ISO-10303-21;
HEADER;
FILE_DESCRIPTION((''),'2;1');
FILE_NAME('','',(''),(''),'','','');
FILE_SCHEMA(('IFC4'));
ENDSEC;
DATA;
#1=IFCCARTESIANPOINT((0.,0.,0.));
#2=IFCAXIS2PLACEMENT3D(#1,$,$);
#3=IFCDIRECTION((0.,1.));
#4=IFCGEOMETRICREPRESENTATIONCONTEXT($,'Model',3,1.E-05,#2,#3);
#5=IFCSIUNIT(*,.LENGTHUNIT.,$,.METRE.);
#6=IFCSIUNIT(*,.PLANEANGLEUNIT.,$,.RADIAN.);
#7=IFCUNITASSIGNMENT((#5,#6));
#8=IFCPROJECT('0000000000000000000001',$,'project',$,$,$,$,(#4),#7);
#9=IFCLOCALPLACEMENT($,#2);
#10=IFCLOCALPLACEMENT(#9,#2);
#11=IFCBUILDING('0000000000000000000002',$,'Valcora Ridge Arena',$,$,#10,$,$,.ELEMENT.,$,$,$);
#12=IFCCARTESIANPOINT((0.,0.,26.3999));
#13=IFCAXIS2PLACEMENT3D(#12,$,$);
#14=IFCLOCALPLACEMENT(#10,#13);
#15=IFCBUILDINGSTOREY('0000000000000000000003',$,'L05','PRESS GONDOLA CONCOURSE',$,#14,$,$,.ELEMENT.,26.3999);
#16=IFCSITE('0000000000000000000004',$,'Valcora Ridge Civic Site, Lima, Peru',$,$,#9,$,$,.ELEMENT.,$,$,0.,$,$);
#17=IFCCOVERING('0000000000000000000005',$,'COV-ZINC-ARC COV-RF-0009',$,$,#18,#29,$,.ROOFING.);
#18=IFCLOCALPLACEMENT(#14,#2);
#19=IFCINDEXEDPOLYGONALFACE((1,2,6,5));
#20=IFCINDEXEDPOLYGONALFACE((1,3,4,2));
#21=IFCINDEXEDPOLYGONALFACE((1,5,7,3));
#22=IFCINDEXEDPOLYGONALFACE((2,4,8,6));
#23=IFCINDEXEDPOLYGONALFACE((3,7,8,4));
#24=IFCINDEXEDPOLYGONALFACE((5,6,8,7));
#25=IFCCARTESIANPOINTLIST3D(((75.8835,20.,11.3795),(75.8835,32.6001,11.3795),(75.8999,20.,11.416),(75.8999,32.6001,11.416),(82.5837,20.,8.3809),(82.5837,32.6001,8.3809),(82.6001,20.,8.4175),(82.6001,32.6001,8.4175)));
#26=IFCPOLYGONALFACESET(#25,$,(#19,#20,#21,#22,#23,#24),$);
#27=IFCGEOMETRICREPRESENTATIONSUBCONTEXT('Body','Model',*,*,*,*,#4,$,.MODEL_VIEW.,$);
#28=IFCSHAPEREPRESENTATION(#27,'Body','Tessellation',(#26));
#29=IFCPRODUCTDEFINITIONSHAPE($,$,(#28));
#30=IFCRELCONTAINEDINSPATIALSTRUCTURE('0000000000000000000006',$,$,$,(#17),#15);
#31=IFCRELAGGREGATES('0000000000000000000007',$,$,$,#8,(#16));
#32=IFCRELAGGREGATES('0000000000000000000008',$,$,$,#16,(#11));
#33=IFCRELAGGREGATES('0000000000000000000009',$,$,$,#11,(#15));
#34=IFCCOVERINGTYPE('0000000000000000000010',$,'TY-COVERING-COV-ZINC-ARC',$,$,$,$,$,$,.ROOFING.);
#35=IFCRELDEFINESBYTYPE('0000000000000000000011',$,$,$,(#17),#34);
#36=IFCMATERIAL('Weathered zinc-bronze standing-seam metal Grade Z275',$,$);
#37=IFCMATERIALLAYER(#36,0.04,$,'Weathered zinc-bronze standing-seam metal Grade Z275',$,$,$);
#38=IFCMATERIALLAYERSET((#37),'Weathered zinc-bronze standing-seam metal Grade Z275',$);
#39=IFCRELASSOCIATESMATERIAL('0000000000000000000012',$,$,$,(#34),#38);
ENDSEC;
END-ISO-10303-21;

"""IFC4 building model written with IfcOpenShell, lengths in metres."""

from ifc_helpers import new_model, si_unit, direction, frame, origin, place, context, subcontext, project, spatial, polyline, outline, extrude, material, layer, layer_set, type_object, element, save


model = new_model("IFC4")

# Units and contexts
model_context = context("Model", 3, precision=1e-05, world=origin(), true_north=direction((0.0, 1.0)))
body_context = subcontext(model_context, "Body", "Model", "MODEL_VIEW")
ifc_project = project(units=[si_unit("LENGTHUNIT", "METRE"), si_unit("PLANEANGLEUNIT", "RADIAN")], contexts=[model_context])

# Site, building, storey
site_placement = place(None, origin())
site = spatial("IfcSite", under=ifc_project, at=site_placement, Name="Valcora Ridge Civic Site, Lima, Peru", CompositionType="ELEMENT", RefElevation=0.0)
building_placement = place(site_placement, origin())
building = spatial("IfcBuilding", under=site, at=building_placement, Name="Valcora Ridge Arena", CompositionType="ELEMENT")
storey_placement = place(building_placement, frame((0.0, 0.0, 26.3999)))
storey = spatial("IfcBuildingStorey", under=building, at=storey_placement, Name="L05", Description="PRESS GONDOLA CONCOURSE", CompositionType="ELEMENT", Elevation=26.3999)

# Covering
ifc_material_1 = material(Name="Weathered zinc-bronze standing-seam metal Grade Z275")
ifc_layer_1 = layer(ifc_material_1, 0.04, Name="Weathered zinc-bronze standing-seam metal Grade Z275")
ifc_layer_set_1 = layer_set([ifc_layer_1], Name="Weathered zinc-bronze standing-seam metal Grade Z275")
covering_type = type_object("IfcCoveringType", Name="TY-COVERING-COV-ZINC-ARC", PredefinedType="ROOFING", material=ifc_layer_set_1)
covering_placement = place(storey_placement, frame((75.8999, 20.0, 11.416), z_axis=(0.408489, 0.0, 0.912763), x_axis=(0.912763, 0.0, -0.408489)))
element("IfcCovering", 1, at=covering_placement, inside=storey, type_object=covering_type, Name="COV-ZINC-ARC COV-RF-0009", PredefinedType="ROOFING", context=body_context, shape_type="SweptSolid", body=[
    extrude(outline(polyline([(0.0, 0.0), (7.3406, 0.0), (7.3406, 12.6001), (0.0, 12.6001), (0.0, 0.0)])), origin(), (0.0, 0.0, -1.0), 0.04),
])

save(model, "model.ifc")
